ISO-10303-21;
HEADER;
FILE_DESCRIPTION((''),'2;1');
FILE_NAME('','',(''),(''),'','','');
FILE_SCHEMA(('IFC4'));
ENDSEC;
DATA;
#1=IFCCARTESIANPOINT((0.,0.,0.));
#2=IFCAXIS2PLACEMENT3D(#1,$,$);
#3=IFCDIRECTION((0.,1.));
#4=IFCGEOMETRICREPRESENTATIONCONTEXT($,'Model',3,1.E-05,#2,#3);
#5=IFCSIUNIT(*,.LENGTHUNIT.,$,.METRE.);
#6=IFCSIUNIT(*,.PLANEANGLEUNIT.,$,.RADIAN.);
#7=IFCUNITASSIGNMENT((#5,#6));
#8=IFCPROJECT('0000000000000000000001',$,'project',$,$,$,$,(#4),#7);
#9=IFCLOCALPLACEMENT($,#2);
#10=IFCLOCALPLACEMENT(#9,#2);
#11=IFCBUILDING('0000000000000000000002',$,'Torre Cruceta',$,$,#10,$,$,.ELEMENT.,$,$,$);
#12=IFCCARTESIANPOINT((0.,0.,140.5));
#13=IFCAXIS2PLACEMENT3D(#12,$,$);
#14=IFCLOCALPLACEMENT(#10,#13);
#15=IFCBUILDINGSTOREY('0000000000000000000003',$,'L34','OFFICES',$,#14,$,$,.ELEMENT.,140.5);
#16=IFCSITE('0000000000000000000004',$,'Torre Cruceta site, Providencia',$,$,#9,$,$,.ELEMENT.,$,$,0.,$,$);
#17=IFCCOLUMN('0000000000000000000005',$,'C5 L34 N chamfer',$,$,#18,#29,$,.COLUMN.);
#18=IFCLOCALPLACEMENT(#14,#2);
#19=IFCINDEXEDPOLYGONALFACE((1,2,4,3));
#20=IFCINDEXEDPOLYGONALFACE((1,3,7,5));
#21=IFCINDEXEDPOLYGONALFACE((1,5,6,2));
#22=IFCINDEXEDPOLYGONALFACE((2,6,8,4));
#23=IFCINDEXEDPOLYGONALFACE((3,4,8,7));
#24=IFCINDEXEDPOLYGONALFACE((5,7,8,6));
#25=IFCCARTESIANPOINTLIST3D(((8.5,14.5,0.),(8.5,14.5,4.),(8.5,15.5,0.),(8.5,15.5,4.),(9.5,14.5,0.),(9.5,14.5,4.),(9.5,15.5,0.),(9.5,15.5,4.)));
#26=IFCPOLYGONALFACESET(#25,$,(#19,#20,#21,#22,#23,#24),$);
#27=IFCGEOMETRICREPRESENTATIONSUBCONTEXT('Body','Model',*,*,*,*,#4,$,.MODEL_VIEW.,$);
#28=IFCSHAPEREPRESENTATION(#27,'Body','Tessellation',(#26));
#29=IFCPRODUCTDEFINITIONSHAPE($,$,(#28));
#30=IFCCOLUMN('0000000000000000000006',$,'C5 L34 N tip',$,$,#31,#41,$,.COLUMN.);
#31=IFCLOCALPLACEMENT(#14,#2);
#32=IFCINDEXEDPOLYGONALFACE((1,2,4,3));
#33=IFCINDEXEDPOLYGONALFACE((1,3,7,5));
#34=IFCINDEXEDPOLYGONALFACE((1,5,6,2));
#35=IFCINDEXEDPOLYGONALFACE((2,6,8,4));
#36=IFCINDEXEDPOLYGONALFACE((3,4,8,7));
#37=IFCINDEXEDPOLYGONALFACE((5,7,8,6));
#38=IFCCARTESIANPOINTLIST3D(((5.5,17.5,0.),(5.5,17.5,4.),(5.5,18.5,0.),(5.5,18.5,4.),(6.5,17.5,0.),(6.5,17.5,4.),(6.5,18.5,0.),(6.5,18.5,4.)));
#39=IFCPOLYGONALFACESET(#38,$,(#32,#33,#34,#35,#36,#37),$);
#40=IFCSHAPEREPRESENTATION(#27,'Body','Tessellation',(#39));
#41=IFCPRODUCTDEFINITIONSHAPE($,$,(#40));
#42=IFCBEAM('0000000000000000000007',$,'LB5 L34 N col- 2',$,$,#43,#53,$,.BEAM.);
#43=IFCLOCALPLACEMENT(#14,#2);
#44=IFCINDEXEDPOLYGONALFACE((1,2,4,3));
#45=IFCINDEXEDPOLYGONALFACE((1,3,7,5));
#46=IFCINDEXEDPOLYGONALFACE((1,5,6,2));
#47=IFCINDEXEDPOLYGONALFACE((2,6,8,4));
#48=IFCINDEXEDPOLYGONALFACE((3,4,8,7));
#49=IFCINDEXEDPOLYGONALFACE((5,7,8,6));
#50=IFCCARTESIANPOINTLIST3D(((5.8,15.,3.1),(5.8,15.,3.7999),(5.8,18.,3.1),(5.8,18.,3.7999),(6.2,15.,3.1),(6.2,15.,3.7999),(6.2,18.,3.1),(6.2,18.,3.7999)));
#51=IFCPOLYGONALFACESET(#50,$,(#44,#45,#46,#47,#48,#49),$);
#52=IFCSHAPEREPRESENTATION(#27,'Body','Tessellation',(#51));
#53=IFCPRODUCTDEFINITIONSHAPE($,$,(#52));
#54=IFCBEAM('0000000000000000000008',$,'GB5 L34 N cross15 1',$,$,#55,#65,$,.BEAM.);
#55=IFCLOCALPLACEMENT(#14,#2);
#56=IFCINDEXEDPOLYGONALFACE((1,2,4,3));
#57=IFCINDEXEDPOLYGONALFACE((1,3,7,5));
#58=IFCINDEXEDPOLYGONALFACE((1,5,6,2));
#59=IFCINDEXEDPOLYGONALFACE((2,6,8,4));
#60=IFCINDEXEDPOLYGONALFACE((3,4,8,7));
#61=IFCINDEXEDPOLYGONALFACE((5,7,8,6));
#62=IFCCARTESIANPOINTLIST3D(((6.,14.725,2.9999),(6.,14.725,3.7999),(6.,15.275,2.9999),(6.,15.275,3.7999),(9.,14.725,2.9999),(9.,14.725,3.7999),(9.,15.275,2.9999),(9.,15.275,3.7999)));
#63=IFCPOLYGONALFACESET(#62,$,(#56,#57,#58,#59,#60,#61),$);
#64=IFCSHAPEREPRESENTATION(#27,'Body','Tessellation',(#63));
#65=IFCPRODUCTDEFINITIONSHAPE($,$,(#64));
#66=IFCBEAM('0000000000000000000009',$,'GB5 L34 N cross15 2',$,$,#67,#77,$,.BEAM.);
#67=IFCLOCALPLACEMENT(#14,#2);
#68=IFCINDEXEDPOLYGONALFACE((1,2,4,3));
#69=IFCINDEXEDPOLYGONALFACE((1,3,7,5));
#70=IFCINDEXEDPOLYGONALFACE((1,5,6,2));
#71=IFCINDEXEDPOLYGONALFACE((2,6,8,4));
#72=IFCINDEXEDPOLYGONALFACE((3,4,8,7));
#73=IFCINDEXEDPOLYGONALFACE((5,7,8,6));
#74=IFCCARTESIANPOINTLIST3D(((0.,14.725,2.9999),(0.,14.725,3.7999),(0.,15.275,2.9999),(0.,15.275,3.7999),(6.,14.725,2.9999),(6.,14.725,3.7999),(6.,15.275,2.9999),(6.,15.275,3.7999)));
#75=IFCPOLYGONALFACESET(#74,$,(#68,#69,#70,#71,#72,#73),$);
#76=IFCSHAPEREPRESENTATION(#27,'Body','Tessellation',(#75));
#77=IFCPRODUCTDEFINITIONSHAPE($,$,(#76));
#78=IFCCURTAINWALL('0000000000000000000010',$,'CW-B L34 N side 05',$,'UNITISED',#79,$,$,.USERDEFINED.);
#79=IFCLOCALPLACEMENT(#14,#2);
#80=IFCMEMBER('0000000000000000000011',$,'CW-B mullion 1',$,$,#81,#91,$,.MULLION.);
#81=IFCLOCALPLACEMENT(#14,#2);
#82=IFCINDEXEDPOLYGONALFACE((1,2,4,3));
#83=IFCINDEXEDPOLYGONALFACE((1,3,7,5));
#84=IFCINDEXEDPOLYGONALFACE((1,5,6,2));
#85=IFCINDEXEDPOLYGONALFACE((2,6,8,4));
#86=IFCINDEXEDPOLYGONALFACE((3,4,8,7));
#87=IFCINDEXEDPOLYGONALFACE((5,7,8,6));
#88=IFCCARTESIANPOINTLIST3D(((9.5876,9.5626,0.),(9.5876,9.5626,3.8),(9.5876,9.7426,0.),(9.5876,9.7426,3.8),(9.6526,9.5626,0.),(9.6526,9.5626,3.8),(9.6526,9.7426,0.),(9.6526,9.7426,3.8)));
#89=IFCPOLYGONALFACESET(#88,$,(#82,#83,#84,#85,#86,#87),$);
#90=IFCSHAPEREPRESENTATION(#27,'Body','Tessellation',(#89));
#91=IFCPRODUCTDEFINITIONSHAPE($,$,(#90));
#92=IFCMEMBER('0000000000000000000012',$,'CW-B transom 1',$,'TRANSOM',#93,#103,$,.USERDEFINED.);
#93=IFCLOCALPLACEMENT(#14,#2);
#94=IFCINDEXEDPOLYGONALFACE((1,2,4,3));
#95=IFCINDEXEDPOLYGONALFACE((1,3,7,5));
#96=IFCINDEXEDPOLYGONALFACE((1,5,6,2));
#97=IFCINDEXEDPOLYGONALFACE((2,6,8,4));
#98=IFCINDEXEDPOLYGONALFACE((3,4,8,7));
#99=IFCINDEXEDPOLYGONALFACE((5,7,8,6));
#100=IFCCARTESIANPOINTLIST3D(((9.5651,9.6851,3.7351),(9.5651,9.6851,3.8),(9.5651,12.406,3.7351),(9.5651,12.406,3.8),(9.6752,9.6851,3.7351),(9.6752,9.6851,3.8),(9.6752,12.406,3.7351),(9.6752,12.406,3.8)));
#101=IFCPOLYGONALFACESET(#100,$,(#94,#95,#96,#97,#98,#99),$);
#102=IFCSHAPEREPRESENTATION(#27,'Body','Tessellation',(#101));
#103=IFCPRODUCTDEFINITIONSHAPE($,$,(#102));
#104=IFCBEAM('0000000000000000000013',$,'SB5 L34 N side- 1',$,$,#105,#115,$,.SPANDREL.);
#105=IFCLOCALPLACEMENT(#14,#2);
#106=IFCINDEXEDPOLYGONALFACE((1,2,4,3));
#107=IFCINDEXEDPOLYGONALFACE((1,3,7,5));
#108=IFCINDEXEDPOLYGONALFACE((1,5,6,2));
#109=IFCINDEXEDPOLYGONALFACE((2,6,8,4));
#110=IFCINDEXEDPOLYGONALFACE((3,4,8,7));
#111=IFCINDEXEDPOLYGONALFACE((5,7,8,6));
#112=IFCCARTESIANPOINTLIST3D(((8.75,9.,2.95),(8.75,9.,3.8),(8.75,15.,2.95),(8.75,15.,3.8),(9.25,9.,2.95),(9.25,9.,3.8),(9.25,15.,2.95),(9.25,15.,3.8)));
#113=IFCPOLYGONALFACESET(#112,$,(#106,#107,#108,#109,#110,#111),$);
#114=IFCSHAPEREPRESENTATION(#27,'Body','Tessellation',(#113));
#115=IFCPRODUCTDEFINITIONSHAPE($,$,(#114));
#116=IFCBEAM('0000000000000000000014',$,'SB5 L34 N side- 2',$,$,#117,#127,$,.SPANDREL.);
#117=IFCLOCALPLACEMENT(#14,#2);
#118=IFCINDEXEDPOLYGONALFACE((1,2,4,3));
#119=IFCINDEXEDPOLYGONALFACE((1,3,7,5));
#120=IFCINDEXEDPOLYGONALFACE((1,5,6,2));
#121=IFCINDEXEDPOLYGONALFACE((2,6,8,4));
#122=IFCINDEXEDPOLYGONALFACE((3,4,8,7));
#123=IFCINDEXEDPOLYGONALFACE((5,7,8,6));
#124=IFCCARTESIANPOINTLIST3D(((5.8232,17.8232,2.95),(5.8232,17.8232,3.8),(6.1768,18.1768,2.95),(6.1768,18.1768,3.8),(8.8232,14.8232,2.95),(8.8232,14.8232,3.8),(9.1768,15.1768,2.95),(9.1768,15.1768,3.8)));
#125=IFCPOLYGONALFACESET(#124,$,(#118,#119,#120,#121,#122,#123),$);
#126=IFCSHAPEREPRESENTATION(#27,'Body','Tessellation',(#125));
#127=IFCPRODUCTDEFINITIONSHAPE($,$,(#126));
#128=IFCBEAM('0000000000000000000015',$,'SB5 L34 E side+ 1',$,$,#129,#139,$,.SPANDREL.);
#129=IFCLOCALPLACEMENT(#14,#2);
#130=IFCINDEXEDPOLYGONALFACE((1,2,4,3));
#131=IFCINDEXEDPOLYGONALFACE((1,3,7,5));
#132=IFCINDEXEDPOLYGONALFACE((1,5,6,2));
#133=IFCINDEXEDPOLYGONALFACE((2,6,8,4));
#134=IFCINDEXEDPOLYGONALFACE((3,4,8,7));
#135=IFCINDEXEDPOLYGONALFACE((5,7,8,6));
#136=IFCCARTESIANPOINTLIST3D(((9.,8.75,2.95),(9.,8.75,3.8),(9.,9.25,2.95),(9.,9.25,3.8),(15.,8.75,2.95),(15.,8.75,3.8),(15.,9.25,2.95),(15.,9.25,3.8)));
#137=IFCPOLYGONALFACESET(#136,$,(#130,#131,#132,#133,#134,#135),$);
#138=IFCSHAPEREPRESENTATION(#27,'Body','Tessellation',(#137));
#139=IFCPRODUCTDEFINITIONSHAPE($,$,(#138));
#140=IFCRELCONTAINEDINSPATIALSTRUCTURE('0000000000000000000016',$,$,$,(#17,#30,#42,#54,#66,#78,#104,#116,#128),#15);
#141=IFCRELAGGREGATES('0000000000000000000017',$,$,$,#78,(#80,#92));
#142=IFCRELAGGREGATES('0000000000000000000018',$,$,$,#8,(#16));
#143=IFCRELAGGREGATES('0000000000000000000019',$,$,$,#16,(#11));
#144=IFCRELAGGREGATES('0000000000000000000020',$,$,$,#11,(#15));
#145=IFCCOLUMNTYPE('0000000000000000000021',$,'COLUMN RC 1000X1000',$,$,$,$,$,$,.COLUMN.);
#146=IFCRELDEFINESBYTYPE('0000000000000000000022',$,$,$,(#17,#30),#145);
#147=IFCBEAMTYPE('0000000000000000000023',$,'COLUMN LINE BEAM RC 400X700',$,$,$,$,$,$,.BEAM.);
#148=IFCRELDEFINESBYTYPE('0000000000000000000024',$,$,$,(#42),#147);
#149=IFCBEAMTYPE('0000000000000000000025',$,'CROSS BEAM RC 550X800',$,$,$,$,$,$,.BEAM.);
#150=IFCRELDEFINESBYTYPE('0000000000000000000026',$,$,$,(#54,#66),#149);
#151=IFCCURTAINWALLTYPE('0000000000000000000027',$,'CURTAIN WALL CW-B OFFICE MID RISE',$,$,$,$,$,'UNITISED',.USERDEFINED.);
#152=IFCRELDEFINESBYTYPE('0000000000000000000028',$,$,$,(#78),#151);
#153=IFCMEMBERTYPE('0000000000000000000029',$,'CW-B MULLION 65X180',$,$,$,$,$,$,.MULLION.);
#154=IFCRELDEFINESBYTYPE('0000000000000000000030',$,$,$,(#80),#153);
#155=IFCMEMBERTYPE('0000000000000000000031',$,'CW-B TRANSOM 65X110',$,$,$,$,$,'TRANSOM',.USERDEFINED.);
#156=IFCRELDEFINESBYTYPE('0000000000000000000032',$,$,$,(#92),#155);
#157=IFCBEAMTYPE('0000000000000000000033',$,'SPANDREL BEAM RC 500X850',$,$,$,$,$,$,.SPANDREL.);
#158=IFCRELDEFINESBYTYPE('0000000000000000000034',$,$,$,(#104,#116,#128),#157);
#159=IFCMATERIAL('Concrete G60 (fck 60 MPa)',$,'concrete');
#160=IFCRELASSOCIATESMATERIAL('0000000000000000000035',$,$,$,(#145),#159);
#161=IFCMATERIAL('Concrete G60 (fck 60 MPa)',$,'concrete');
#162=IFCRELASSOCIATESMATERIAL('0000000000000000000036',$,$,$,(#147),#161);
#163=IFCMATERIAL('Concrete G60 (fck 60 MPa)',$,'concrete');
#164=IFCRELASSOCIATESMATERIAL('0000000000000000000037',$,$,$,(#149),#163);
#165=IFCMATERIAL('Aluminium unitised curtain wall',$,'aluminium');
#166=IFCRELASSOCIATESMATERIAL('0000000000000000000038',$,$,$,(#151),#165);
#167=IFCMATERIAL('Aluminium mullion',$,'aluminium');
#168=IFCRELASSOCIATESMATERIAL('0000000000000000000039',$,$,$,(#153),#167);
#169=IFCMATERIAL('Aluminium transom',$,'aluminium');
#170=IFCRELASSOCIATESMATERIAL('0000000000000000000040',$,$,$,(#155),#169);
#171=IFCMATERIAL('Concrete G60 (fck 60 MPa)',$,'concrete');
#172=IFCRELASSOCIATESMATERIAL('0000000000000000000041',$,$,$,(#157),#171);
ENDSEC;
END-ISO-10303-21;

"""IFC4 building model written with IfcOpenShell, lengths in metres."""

from ifc_helpers import new_model, si_unit, direction, frame, origin, origin_2d, place, context, subcontext, project, spatial, rectangle, extrude, material, material_profile, profile_set, type_object, element, aggregate, save


model = new_model("IFC4")

# Units and contexts
model_context = context("Model", 3, precision=1e-05, world=origin(), true_north=direction((0.0, 1.0)))
body_context = subcontext(model_context, "Body", "Model", "MODEL_VIEW")
ifc_project = project(units=[si_unit("LENGTHUNIT", "METRE"), si_unit("PLANEANGLEUNIT", "RADIAN")], contexts=[model_context])

# Site, building, storey
site_placement = place(None, origin())
site = spatial("IfcSite", under=ifc_project, at=site_placement, Name="Torre Cruceta site, Providencia", CompositionType="ELEMENT", RefElevation=0.0)
building_placement = place(site_placement, origin())
building = spatial("IfcBuilding", under=site, at=building_placement, Name="Torre Cruceta", CompositionType="ELEMENT")
storey_placement = place(building_placement, frame((0.0, 0.0, 140.5)))
storey = spatial("IfcBuildingStorey", under=building, at=storey_placement, Name="L34", Description="OFFICES", CompositionType="ELEMENT", Elevation=140.5)

# Columns
ifc_material_1 = material(Name="Concrete G60 (fck 60 MPa)", Category="concrete")
ifc_material_profile_1 = material_profile(ifc_material_1, rectangle(XDim=1.0, YDim=1.0, at=origin_2d()), Name="RC 1000X1000")
ifc_profile_set_1 = profile_set([ifc_material_profile_1], Name="Concrete G60 (fck 60 MPa)")
column_type = type_object("IfcColumnType", Name="COLUMN RC 1000X1000", PredefinedType="COLUMN", material=ifc_profile_set_1)
for number, where, z_axis, x_axis, name in (
    (1, (9.0, 15.0, 0.0), (0.0, 0.0, 1.0), (1.0, 0.0, 0.0), "C5 L34 N chamfer"),
    (2, (6.0, 18.0, 0.0), (0.0, 0.0, 1.0), (1.0, 0.0, 0.0), "C5 L34 N tip"),
):
    element("IfcColumn", number, at=place(storey_placement, frame(where, z_axis=z_axis, x_axis=x_axis)), inside=storey, type_object=column_type, Name=name, PredefinedType="COLUMN", context=body_context, shape_type="SweptSolid", body=[
        extrude(rectangle(XDim=1.0, YDim=1.0, at=origin_2d()), origin(), (0.0, 0.0, 1.0), 4.0),
    ])

# Beams
ifc_material_2 = material(Name="Concrete G60 (fck 60 MPa)", Category="concrete")
ifc_material_profile_2 = material_profile(ifc_material_2, rectangle(XDim=0.3999, YDim=0.7, at=origin_2d()), Name="RC 400X700")
ifc_profile_set_2 = profile_set([ifc_material_profile_2], Name="Concrete G60 (fck 60 MPa)")
beam_type_1 = type_object("IfcBeamType", Name="COLUMN LINE BEAM RC 400X700", PredefinedType="BEAM", material=ifc_profile_set_2)
beam_1_placement = place(storey_placement, frame((6.0, 15.0, 3.45), z_axis=(0.0, 1.0, 0.0), x_axis=(-1.0, 0.0, 0.0)))
element("IfcBeam", 3, at=beam_1_placement, inside=storey, type_object=beam_type_1, Name="LB5 L34 N col- 2", PredefinedType="BEAM", context=body_context, shape_type="SweptSolid", body=[
    extrude(rectangle(XDim=0.3999, YDim=0.7, at=origin_2d()), origin(), (0.0, 0.0, 1.0), 3.0),
])
ifc_material_3 = material(Name="Concrete G60 (fck 60 MPa)", Category="concrete")
ifc_material_profile_3 = material_profile(ifc_material_3, rectangle(XDim=0.55, YDim=0.8, at=origin_2d()), Name="RC 550X800")
ifc_profile_set_3 = profile_set([ifc_material_profile_3], Name="Concrete G60 (fck 60 MPa)")
beam_type_2 = type_object("IfcBeamType", Name="CROSS BEAM RC 550X800", PredefinedType="BEAM", material=ifc_profile_set_3)
beam_2_placement = place(storey_placement, frame((9.0, 15.0, 3.3999), z_axis=(-1.0, 0.0, 0.0), x_axis=(0.0, -1.0, 0.0)))
element("IfcBeam", 4, at=beam_2_placement, inside=storey, type_object=beam_type_2, Name="GB5 L34 N cross15 1", PredefinedType="BEAM", context=body_context, shape_type="SweptSolid", body=[
    extrude(rectangle(XDim=0.55, YDim=0.8, at=origin_2d()), origin(), (0.0, 0.0, 1.0), 3.0),
])
beam_3_placement = place(storey_placement, frame((6.0, 15.0, 3.3999), z_axis=(-1.0, 0.0, 0.0), x_axis=(0.0, -1.0, 0.0)))
element("IfcBeam", 5, at=beam_3_placement, inside=storey, type_object=beam_type_2, Name="GB5 L34 N cross15 2", PredefinedType="BEAM", context=body_context, shape_type="SweptSolid", body=[
    extrude(rectangle(XDim=0.55, YDim=0.8, at=origin_2d()), origin(), (0.0, 0.0, 1.0), 6.0),
])

# Curtain wall, members
ifc_material_4 = material(Name="Aluminium unitised curtain wall", Category="aluminium")
curtain_wall_type = type_object("IfcCurtainWallType", Name="CURTAIN WALL CW-B OFFICE MID RISE", ElementType="UNITISED", PredefinedType="USERDEFINED", material=ifc_material_4)
curtain_wall_placement = place(storey_placement, origin())
curtain_wall = element("IfcCurtainWall", 6, at=curtain_wall_placement, inside=storey, type_object=curtain_wall_type, Name="CW-B L34 N side 05", ObjectType="UNITISED", PredefinedType="USERDEFINED")
ifc_material_5 = material(Name="Aluminium mullion", Category="aluminium")
ifc_material_profile_4 = material_profile(ifc_material_5, rectangle(XDim=0.0649, YDim=0.1799, at=origin_2d()), Name="AL 65X180")
ifc_profile_set_4 = profile_set([ifc_material_profile_4], Name="Aluminium mullion")
member_type_1 = type_object("IfcMemberType", Name="CW-B MULLION 65X180", PredefinedType="MULLION", material=ifc_profile_set_4)
member_1_placement = place(storey_placement, frame((9.6201, 9.6526, 0.0), z_axis=(0.0, 0.0, 1.0), x_axis=(-1.0, 0.0, 0.0)))
member_1 = element("IfcMember", 7, at=member_1_placement, type_object=member_type_1, Name="CW-B mullion 1", PredefinedType="MULLION", context=body_context, shape_type="SweptSolid", body=[
    extrude(rectangle(XDim=0.0649, YDim=0.1799, at=origin_2d()), origin(), (0.0, 0.0, 1.0), 3.8),
])
ifc_material_6 = material(Name="Aluminium transom", Category="aluminium")
ifc_material_profile_5 = material_profile(ifc_material_6, rectangle(XDim=0.1101, YDim=0.0649, at=origin_2d()), Name="AL 110X65")
ifc_profile_set_5 = profile_set([ifc_material_profile_5], Name="Aluminium transom")
member_type_2 = type_object("IfcMemberType", Name="CW-B TRANSOM 65X110", ElementType="TRANSOM", PredefinedType="USERDEFINED", material=ifc_profile_set_5)
member_2_placement = place(storey_placement, frame((9.6201, 9.6851, 3.7676), z_axis=(0.0, 1.0, 0.0), x_axis=(-1.0, 0.0, 0.0)))
member_2 = element("IfcMember", 8, at=member_2_placement, type_object=member_type_2, Name="CW-B transom 1", ObjectType="TRANSOM", PredefinedType="USERDEFINED", context=body_context, shape_type="SweptSolid", body=[
    extrude(rectangle(XDim=0.1101, YDim=0.0649, at=origin_2d()), origin(), (0.0, 0.0, 1.0), 2.7209),
])
aggregate(curtain_wall, [member_1, member_2])

# Beams
ifc_material_7 = material(Name="Concrete G60 (fck 60 MPa)", Category="concrete")
ifc_material_profile_6 = material_profile(ifc_material_7, rectangle(XDim=0.5, YDim=0.8501, at=origin_2d()), Name="RC 500X850")
ifc_profile_set_6 = profile_set([ifc_material_profile_6], Name="Concrete G60 (fck 60 MPa)")
beam_type_3 = type_object("IfcBeamType", Name="SPANDREL BEAM RC 500X850", PredefinedType="SPANDREL", material=ifc_profile_set_6)
beam_4_placement = place(storey_placement, frame((9.0, 9.0, 3.375), z_axis=(0.0, 1.0, 0.0), x_axis=(-1.0, 0.0, 0.0)))
element("IfcBeam", 9, at=beam_4_placement, inside=storey, type_object=beam_type_3, Name="SB5 L34 N side- 1", PredefinedType="SPANDREL", context=body_context, shape_type="SweptSolid", body=[
    extrude(rectangle(XDim=0.5, YDim=0.8501, at=origin_2d()), origin(), (0.0, 0.0, 1.0), 6.0),
])
beam_5_placement = place(storey_placement, frame((9.0, 15.0, 3.375), z_axis=(-0.707107, 0.707107, 0.0), x_axis=(-0.707107, -0.707107, 0.0)))
element("IfcBeam", 10, at=beam_5_placement, inside=storey, type_object=beam_type_3, Name="SB5 L34 N side- 2", PredefinedType="SPANDREL", context=body_context, shape_type="SweptSolid", body=[
    extrude(rectangle(XDim=0.5, YDim=0.8501, at=origin_2d()), origin(), (0.0, 0.0, 1.0), 4.2427),
])
beam_6_placement = place(storey_placement, frame((9.0, 9.0, 3.375), z_axis=(1.0, 0.0, 0.0), x_axis=(0.0, 1.0, 0.0)))
element("IfcBeam", 11, at=beam_6_placement, inside=storey, type_object=beam_type_3, Name="SB5 L34 E side+ 1", PredefinedType="SPANDREL", context=body_context, shape_type="SweptSolid", body=[
    extrude(rectangle(XDim=0.5, YDim=0.8501, at=origin_2d()), origin(), (0.0, 0.0, 1.0), 6.0),
])

save(model, "model.ifc")
